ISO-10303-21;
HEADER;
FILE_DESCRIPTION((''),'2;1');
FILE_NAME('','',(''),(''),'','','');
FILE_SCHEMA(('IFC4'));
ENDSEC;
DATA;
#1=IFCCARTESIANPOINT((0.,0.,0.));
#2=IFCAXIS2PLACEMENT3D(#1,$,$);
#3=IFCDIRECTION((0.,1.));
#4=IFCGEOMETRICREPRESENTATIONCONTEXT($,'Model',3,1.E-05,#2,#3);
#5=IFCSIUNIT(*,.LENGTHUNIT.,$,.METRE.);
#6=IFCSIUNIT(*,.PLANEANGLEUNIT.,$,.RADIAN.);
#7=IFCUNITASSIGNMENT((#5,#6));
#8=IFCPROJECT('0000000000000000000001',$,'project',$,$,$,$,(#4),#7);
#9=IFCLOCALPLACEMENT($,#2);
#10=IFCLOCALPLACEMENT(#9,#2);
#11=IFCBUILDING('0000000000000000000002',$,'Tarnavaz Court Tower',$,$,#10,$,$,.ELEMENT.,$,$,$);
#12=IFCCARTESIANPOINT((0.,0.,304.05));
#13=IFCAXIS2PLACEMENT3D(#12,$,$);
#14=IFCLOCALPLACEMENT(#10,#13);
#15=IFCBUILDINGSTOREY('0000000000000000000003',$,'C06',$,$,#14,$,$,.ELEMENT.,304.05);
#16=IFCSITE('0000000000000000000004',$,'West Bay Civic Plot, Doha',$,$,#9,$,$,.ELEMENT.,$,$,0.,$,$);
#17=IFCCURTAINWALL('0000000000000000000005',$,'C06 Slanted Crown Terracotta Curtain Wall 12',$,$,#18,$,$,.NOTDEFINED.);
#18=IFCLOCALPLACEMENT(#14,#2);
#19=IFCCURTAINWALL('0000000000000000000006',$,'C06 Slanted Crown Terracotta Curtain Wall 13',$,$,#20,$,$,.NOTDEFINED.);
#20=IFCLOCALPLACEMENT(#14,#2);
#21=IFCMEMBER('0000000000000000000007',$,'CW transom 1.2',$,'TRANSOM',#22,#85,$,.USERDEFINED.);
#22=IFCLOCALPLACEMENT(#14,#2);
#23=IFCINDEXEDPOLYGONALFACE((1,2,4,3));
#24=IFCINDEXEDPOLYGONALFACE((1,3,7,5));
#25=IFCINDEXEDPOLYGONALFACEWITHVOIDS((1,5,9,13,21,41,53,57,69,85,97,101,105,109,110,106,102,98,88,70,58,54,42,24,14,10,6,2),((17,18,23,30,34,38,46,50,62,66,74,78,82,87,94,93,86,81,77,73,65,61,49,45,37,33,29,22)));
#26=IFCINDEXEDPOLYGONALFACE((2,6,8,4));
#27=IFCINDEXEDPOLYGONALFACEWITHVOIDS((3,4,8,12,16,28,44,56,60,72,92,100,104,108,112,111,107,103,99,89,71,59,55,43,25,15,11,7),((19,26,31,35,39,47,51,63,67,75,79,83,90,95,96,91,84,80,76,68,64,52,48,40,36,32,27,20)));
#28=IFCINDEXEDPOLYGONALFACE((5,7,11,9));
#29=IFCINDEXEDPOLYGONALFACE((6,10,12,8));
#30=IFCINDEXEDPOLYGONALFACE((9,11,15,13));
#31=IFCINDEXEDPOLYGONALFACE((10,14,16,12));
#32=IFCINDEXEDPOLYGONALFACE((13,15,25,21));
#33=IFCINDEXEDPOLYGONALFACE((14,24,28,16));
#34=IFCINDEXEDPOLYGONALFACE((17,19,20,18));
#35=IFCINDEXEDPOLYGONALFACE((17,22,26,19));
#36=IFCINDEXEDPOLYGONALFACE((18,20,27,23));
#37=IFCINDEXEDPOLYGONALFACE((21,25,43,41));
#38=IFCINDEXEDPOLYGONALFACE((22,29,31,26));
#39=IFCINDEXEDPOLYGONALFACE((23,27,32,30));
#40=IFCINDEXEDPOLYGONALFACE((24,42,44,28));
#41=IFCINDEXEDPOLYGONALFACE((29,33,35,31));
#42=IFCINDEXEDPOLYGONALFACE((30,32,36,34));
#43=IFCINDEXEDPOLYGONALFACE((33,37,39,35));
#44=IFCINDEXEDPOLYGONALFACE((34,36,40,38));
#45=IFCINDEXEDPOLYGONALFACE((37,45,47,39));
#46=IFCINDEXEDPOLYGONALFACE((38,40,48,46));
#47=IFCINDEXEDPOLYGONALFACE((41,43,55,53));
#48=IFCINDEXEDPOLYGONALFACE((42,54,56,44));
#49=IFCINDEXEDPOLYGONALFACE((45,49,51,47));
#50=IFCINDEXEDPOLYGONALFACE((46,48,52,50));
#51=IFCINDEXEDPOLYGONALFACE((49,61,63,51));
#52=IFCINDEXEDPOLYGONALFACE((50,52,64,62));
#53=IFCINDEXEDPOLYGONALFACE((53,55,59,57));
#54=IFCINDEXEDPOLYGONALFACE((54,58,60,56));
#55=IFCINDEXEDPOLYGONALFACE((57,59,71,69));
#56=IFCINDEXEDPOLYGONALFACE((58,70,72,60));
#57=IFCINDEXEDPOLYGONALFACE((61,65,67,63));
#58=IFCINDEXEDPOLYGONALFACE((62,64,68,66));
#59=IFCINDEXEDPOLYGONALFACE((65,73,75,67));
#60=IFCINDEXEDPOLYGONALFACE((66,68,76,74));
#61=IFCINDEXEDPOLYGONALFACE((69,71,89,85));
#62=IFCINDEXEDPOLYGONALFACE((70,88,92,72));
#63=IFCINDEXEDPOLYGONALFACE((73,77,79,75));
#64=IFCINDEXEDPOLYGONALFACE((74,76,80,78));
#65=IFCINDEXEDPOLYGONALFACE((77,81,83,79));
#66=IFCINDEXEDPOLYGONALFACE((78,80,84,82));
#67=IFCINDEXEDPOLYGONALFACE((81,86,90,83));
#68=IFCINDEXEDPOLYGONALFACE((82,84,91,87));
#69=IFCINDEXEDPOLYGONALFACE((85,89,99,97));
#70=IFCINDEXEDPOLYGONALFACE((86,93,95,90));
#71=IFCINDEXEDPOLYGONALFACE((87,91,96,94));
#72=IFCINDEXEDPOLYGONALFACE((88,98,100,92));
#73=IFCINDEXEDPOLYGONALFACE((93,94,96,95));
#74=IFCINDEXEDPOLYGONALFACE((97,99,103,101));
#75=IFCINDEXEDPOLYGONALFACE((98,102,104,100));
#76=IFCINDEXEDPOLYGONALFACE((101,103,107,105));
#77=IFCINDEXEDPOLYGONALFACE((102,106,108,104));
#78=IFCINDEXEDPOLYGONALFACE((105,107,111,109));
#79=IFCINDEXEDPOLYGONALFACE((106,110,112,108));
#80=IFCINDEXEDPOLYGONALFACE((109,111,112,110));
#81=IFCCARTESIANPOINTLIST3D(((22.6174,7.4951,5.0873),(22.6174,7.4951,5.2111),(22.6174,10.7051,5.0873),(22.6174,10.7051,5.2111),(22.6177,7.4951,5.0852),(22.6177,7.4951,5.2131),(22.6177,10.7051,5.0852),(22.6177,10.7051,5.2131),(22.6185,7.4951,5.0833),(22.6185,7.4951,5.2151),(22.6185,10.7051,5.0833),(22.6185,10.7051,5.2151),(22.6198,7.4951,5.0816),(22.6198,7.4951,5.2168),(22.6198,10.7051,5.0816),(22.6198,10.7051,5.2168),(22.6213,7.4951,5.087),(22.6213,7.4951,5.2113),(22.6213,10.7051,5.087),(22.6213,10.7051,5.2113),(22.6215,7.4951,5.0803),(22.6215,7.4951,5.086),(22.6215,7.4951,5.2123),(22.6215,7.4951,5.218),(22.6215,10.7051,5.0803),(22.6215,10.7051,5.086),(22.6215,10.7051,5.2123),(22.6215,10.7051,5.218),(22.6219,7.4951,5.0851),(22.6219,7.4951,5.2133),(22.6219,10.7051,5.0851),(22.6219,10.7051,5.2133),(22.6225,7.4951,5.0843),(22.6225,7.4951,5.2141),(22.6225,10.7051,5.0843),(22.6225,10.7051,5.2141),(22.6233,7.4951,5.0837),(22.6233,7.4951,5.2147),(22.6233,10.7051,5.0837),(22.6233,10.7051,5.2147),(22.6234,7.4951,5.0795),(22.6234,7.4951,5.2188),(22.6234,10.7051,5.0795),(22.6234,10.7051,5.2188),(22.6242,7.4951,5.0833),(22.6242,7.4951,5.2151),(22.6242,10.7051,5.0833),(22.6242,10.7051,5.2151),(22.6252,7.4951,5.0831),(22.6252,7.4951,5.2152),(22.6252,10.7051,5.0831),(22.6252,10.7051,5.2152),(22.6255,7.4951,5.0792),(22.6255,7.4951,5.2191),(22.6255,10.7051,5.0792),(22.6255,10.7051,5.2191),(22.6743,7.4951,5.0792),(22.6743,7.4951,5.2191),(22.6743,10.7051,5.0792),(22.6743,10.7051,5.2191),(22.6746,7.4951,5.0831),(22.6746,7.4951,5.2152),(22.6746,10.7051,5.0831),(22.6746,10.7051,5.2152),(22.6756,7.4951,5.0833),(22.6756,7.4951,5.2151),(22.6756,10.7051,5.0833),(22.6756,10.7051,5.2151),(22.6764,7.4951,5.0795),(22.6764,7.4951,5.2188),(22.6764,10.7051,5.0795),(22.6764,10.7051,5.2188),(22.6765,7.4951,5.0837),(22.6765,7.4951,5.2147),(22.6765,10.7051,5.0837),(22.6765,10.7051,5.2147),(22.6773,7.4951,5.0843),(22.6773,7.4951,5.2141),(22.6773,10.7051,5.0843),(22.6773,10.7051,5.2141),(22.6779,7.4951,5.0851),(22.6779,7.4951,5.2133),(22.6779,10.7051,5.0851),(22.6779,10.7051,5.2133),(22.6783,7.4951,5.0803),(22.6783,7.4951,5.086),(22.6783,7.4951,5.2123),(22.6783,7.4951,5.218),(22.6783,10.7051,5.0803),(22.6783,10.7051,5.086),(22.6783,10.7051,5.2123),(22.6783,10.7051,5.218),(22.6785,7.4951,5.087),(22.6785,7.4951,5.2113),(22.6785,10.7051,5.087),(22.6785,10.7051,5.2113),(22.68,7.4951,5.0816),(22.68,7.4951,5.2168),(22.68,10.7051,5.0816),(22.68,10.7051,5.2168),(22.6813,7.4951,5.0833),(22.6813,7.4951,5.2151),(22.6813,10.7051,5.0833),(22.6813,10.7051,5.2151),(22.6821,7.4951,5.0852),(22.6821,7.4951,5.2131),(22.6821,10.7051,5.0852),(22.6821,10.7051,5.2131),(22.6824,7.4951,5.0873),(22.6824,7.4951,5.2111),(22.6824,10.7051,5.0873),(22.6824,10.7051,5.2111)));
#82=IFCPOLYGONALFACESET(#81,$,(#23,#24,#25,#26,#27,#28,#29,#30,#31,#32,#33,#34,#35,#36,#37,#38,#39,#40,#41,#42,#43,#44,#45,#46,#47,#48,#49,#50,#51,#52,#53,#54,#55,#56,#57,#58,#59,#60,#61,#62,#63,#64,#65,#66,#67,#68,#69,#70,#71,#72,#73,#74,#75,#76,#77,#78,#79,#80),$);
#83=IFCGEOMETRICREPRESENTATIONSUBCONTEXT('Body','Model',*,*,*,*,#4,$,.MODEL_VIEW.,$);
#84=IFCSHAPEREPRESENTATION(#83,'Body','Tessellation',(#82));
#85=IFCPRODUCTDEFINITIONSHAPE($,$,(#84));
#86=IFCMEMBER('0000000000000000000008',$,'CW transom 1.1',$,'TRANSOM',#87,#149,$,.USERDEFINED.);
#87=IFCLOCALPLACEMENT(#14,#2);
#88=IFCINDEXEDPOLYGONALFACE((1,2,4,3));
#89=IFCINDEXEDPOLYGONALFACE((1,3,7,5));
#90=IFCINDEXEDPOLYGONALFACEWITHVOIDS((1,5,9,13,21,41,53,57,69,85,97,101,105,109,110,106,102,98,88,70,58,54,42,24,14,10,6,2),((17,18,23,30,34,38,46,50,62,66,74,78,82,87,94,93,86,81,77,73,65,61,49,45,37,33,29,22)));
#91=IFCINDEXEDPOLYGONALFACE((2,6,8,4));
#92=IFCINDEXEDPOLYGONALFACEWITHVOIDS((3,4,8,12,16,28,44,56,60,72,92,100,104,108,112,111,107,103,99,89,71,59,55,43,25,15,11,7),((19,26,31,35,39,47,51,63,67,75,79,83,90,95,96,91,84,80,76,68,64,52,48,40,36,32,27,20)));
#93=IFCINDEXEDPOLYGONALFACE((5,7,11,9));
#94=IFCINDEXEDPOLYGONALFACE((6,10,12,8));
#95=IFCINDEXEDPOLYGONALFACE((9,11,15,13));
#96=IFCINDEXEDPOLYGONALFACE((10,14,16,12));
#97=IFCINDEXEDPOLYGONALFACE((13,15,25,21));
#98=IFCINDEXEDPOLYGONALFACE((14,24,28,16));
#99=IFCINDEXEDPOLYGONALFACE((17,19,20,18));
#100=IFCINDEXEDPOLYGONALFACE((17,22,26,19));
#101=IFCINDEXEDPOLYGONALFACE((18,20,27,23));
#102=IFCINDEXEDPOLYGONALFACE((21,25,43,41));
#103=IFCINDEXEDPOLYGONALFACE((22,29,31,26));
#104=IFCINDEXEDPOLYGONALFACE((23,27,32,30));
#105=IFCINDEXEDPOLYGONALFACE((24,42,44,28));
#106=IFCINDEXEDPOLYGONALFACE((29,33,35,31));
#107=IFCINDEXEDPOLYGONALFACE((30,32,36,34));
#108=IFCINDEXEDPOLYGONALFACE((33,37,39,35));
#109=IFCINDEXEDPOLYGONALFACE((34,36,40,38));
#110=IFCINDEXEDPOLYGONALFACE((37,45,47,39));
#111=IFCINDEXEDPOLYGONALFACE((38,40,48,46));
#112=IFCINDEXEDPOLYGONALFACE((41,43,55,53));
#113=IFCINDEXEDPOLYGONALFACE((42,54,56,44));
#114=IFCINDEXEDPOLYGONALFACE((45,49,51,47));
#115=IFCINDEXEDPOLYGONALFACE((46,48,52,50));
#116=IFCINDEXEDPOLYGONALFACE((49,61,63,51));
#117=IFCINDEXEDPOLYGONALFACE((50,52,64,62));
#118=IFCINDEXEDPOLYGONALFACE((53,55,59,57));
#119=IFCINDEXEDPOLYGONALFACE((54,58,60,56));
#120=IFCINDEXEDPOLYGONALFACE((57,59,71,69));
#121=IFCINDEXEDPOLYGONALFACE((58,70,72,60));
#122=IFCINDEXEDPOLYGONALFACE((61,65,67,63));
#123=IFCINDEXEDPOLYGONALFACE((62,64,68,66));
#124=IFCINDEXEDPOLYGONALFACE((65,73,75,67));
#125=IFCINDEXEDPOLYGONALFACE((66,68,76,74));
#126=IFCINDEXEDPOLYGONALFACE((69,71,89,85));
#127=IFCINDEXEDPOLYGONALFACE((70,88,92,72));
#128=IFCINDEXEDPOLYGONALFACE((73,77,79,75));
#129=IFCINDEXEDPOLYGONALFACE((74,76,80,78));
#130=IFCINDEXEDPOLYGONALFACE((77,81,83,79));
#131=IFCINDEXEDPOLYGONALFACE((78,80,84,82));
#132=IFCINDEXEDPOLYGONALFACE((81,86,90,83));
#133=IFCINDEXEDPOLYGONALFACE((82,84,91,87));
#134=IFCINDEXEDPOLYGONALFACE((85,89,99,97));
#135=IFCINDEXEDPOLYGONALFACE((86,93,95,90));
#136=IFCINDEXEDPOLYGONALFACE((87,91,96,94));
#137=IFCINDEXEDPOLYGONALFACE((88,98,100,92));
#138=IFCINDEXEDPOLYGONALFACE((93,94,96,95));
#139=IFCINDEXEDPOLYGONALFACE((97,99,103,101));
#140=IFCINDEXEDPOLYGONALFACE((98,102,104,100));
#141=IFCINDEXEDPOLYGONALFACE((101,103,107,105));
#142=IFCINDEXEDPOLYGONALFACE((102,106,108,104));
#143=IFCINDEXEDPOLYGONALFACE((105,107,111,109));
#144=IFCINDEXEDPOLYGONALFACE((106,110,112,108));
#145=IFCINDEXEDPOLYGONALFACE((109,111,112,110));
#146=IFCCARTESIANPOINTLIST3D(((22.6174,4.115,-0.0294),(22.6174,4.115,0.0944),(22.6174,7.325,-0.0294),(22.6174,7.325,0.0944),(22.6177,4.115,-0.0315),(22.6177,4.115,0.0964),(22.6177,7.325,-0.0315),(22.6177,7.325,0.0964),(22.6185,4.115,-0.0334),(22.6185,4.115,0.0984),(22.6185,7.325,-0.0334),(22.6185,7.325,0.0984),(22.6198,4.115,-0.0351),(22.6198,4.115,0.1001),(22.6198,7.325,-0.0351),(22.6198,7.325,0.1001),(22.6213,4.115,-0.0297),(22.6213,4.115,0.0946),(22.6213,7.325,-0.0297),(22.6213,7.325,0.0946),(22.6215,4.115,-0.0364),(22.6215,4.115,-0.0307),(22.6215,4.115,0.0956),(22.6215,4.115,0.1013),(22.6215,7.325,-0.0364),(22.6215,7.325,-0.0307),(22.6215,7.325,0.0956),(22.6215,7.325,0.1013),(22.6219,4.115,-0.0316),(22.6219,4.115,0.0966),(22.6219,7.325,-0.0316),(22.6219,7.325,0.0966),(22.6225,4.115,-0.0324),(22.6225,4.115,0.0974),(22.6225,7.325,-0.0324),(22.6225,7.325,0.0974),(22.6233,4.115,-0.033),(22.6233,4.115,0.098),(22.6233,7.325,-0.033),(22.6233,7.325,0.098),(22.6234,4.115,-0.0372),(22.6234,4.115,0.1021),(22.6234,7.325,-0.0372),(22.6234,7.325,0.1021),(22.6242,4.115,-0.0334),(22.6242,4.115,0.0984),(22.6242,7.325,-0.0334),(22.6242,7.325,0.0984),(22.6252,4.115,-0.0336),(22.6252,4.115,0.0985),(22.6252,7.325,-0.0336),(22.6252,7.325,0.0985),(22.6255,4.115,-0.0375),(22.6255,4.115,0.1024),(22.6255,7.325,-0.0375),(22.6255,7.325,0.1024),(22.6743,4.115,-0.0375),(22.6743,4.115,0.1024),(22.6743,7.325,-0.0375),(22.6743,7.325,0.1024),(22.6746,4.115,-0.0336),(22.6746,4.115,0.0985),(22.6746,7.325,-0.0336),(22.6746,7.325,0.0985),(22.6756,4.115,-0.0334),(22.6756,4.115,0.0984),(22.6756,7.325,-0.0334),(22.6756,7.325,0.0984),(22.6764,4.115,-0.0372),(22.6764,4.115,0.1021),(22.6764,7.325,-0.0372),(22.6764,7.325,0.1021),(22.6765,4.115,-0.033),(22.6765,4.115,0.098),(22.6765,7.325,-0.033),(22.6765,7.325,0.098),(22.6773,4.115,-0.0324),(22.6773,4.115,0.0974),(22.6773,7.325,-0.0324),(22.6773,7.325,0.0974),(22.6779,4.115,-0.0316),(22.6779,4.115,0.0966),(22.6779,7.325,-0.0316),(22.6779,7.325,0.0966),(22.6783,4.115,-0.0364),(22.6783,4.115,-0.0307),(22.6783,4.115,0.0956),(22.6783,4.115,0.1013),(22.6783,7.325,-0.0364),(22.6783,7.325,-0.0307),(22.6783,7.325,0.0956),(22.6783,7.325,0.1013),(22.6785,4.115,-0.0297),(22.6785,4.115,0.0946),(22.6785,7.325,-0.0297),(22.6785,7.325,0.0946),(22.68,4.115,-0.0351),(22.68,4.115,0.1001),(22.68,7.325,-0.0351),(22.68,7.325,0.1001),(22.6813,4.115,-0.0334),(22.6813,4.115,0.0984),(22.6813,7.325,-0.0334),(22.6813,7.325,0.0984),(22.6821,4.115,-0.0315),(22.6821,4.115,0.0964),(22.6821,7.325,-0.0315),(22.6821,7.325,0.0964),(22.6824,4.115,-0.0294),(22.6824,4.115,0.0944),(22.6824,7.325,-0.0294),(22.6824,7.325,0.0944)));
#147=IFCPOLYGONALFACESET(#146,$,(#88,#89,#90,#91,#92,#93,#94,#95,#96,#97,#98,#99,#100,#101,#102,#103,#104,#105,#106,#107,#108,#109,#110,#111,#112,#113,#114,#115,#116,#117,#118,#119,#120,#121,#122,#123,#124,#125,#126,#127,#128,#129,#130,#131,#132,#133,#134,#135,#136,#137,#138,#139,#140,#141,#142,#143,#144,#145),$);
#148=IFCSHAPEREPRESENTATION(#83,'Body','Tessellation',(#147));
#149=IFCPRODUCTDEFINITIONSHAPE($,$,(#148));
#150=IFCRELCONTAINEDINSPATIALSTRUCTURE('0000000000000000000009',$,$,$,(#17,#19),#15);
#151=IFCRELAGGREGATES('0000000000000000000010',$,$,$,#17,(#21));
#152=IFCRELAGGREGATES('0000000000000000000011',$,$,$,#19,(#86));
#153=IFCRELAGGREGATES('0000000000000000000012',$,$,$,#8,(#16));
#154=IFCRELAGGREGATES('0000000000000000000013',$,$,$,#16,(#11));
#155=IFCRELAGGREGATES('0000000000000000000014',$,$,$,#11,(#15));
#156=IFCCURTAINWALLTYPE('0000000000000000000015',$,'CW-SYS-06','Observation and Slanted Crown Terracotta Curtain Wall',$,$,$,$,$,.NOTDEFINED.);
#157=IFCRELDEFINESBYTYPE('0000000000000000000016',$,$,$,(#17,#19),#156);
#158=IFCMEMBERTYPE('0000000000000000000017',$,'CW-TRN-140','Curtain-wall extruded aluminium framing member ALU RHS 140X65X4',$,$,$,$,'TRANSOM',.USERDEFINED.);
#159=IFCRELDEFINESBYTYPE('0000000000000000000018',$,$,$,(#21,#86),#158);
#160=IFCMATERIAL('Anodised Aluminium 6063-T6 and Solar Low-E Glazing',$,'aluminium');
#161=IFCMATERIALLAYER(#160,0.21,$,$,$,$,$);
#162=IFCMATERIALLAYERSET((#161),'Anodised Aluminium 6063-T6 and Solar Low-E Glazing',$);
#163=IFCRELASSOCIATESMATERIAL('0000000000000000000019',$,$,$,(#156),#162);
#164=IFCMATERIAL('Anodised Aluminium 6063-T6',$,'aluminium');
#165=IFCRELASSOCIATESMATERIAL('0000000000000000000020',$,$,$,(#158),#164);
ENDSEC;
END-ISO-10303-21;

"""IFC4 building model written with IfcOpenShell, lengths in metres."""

from ifc_helpers import new_model, si_unit, direction, frame, origin, origin_2d, place, context, subcontext, project, spatial, hollow_rectangle, extrude, material, layer, layer_set, material_profile, profile_set, type_object, element, aggregate, save


model = new_model("IFC4")

# Units and contexts
model_context = context("Model", 3, precision=1e-05, world=origin(), true_north=direction((0.0, 1.0)))
body_context = subcontext(model_context, "Body", "Model", "MODEL_VIEW")
ifc_project = project(units=[si_unit("LENGTHUNIT", "METRE"), si_unit("PLANEANGLEUNIT", "RADIAN")], contexts=[model_context])

# Site, building, storey
site_placement = place(None, origin())
site = spatial("IfcSite", under=ifc_project, at=site_placement, Name="West Bay Civic Plot, Doha", CompositionType="ELEMENT", RefElevation=0.0)
building_placement = place(site_placement, origin())
building = spatial("IfcBuilding", under=site, at=building_placement, Name="Tarnavaz Court Tower", CompositionType="ELEMENT")
storey_placement = place(building_placement, frame((0.0, 0.0, 304.05)))
storey = spatial("IfcBuildingStorey", under=building, at=storey_placement, Name="C06", CompositionType="ELEMENT", Elevation=304.05)

# Curtain walls
ifc_material_1 = material(Name="Anodised Aluminium 6063-T6 and Solar Low-E Glazing", Category="aluminium")
ifc_layer_1 = layer(ifc_material_1, 0.21)
ifc_layer_set_1 = layer_set([ifc_layer_1], Name="Anodised Aluminium 6063-T6 and Solar Low-E Glazing")
curtain_wall_type = type_object("IfcCurtainWallType", Name="CW-SYS-06", Description="Observation and Slanted Crown Terracotta Curtain Wall", PredefinedType="NOTDEFINED", material=ifc_layer_set_1)
ifc_material_2 = material(Name="Anodised Aluminium 6063-T6", Category="aluminium")
curtain_wall_1_placement = place(storey_placement, origin())
curtain_wall_1 = element("IfcCurtainWall", 1, at=curtain_wall_1_placement, inside=storey, type_object=curtain_wall_type, Name="C06 Slanted Crown Terracotta Curtain Wall 12", PredefinedType="NOTDEFINED")
curtain_wall_2_placement = place(storey_placement, origin())
curtain_wall_2 = element("IfcCurtainWall", 2, at=curtain_wall_2_placement, inside=storey, type_object=curtain_wall_type, Name="C06 Slanted Crown Terracotta Curtain Wall 13", PredefinedType="NOTDEFINED")

# Members
ifc_material_profile_1 = material_profile(ifc_material_2, hollow_rectangle(XDim=0.0649, YDim=0.1399, WallThickness=0.0039, InnerFilletRadius=0.0039, OuterFilletRadius=0.0081, at=origin_2d()), Name="ALU RHS 140X65X4")
ifc_profile_set_1 = profile_set([ifc_material_profile_1], Name="Anodised Aluminium 6063-T6")
member_type_1 = type_object("IfcMemberType", Name="CW-TRN-140", Description="Curtain-wall extruded aluminium framing member ALU RHS 140X65X4", ElementType="TRANSOM", PredefinedType="USERDEFINED", material=ifc_profile_set_1)
member_1_placement = place(storey_placement, frame((22.6499, 10.7051, 5.1492), z_axis=(0.0, -1.0, 0.0), x_axis=(1.0, 0.0, 0.0)))
member_1 = element("IfcMember", 3, at=member_1_placement, type_object=member_type_1, Name="CW transom 1.2", ObjectType="TRANSOM", PredefinedType="USERDEFINED", context=body_context, shape_type="SweptSolid", body=[
    extrude(hollow_rectangle(XDim=0.0649, YDim=0.1399, WallThickness=0.0039, InnerFilletRadius=0.0039, OuterFilletRadius=0.0081, at=origin_2d()), origin(), (0.0, 0.0, 1.0), 3.21),
])
member_2_placement = place(storey_placement, frame((22.6499, 7.325, 0.0325), z_axis=(0.0, -1.0, 0.0), x_axis=(1.0, 0.0, 0.0)))
member_2 = element("IfcMember", 4, at=member_2_placement, type_object=member_type_1, Name="CW transom 1.1", ObjectType="TRANSOM", PredefinedType="USERDEFINED", context=body_context, shape_type="SweptSolid", body=[
    extrude(hollow_rectangle(XDim=0.0649, YDim=0.1399, WallThickness=0.0039, InnerFilletRadius=0.0039, OuterFilletRadius=0.0081, at=origin_2d()), origin(), (0.0, 0.0, 1.0), 3.21),
])

aggregate(curtain_wall_1, [member_1])
aggregate(curtain_wall_2, [member_2])

save(model, "model.ifc")
